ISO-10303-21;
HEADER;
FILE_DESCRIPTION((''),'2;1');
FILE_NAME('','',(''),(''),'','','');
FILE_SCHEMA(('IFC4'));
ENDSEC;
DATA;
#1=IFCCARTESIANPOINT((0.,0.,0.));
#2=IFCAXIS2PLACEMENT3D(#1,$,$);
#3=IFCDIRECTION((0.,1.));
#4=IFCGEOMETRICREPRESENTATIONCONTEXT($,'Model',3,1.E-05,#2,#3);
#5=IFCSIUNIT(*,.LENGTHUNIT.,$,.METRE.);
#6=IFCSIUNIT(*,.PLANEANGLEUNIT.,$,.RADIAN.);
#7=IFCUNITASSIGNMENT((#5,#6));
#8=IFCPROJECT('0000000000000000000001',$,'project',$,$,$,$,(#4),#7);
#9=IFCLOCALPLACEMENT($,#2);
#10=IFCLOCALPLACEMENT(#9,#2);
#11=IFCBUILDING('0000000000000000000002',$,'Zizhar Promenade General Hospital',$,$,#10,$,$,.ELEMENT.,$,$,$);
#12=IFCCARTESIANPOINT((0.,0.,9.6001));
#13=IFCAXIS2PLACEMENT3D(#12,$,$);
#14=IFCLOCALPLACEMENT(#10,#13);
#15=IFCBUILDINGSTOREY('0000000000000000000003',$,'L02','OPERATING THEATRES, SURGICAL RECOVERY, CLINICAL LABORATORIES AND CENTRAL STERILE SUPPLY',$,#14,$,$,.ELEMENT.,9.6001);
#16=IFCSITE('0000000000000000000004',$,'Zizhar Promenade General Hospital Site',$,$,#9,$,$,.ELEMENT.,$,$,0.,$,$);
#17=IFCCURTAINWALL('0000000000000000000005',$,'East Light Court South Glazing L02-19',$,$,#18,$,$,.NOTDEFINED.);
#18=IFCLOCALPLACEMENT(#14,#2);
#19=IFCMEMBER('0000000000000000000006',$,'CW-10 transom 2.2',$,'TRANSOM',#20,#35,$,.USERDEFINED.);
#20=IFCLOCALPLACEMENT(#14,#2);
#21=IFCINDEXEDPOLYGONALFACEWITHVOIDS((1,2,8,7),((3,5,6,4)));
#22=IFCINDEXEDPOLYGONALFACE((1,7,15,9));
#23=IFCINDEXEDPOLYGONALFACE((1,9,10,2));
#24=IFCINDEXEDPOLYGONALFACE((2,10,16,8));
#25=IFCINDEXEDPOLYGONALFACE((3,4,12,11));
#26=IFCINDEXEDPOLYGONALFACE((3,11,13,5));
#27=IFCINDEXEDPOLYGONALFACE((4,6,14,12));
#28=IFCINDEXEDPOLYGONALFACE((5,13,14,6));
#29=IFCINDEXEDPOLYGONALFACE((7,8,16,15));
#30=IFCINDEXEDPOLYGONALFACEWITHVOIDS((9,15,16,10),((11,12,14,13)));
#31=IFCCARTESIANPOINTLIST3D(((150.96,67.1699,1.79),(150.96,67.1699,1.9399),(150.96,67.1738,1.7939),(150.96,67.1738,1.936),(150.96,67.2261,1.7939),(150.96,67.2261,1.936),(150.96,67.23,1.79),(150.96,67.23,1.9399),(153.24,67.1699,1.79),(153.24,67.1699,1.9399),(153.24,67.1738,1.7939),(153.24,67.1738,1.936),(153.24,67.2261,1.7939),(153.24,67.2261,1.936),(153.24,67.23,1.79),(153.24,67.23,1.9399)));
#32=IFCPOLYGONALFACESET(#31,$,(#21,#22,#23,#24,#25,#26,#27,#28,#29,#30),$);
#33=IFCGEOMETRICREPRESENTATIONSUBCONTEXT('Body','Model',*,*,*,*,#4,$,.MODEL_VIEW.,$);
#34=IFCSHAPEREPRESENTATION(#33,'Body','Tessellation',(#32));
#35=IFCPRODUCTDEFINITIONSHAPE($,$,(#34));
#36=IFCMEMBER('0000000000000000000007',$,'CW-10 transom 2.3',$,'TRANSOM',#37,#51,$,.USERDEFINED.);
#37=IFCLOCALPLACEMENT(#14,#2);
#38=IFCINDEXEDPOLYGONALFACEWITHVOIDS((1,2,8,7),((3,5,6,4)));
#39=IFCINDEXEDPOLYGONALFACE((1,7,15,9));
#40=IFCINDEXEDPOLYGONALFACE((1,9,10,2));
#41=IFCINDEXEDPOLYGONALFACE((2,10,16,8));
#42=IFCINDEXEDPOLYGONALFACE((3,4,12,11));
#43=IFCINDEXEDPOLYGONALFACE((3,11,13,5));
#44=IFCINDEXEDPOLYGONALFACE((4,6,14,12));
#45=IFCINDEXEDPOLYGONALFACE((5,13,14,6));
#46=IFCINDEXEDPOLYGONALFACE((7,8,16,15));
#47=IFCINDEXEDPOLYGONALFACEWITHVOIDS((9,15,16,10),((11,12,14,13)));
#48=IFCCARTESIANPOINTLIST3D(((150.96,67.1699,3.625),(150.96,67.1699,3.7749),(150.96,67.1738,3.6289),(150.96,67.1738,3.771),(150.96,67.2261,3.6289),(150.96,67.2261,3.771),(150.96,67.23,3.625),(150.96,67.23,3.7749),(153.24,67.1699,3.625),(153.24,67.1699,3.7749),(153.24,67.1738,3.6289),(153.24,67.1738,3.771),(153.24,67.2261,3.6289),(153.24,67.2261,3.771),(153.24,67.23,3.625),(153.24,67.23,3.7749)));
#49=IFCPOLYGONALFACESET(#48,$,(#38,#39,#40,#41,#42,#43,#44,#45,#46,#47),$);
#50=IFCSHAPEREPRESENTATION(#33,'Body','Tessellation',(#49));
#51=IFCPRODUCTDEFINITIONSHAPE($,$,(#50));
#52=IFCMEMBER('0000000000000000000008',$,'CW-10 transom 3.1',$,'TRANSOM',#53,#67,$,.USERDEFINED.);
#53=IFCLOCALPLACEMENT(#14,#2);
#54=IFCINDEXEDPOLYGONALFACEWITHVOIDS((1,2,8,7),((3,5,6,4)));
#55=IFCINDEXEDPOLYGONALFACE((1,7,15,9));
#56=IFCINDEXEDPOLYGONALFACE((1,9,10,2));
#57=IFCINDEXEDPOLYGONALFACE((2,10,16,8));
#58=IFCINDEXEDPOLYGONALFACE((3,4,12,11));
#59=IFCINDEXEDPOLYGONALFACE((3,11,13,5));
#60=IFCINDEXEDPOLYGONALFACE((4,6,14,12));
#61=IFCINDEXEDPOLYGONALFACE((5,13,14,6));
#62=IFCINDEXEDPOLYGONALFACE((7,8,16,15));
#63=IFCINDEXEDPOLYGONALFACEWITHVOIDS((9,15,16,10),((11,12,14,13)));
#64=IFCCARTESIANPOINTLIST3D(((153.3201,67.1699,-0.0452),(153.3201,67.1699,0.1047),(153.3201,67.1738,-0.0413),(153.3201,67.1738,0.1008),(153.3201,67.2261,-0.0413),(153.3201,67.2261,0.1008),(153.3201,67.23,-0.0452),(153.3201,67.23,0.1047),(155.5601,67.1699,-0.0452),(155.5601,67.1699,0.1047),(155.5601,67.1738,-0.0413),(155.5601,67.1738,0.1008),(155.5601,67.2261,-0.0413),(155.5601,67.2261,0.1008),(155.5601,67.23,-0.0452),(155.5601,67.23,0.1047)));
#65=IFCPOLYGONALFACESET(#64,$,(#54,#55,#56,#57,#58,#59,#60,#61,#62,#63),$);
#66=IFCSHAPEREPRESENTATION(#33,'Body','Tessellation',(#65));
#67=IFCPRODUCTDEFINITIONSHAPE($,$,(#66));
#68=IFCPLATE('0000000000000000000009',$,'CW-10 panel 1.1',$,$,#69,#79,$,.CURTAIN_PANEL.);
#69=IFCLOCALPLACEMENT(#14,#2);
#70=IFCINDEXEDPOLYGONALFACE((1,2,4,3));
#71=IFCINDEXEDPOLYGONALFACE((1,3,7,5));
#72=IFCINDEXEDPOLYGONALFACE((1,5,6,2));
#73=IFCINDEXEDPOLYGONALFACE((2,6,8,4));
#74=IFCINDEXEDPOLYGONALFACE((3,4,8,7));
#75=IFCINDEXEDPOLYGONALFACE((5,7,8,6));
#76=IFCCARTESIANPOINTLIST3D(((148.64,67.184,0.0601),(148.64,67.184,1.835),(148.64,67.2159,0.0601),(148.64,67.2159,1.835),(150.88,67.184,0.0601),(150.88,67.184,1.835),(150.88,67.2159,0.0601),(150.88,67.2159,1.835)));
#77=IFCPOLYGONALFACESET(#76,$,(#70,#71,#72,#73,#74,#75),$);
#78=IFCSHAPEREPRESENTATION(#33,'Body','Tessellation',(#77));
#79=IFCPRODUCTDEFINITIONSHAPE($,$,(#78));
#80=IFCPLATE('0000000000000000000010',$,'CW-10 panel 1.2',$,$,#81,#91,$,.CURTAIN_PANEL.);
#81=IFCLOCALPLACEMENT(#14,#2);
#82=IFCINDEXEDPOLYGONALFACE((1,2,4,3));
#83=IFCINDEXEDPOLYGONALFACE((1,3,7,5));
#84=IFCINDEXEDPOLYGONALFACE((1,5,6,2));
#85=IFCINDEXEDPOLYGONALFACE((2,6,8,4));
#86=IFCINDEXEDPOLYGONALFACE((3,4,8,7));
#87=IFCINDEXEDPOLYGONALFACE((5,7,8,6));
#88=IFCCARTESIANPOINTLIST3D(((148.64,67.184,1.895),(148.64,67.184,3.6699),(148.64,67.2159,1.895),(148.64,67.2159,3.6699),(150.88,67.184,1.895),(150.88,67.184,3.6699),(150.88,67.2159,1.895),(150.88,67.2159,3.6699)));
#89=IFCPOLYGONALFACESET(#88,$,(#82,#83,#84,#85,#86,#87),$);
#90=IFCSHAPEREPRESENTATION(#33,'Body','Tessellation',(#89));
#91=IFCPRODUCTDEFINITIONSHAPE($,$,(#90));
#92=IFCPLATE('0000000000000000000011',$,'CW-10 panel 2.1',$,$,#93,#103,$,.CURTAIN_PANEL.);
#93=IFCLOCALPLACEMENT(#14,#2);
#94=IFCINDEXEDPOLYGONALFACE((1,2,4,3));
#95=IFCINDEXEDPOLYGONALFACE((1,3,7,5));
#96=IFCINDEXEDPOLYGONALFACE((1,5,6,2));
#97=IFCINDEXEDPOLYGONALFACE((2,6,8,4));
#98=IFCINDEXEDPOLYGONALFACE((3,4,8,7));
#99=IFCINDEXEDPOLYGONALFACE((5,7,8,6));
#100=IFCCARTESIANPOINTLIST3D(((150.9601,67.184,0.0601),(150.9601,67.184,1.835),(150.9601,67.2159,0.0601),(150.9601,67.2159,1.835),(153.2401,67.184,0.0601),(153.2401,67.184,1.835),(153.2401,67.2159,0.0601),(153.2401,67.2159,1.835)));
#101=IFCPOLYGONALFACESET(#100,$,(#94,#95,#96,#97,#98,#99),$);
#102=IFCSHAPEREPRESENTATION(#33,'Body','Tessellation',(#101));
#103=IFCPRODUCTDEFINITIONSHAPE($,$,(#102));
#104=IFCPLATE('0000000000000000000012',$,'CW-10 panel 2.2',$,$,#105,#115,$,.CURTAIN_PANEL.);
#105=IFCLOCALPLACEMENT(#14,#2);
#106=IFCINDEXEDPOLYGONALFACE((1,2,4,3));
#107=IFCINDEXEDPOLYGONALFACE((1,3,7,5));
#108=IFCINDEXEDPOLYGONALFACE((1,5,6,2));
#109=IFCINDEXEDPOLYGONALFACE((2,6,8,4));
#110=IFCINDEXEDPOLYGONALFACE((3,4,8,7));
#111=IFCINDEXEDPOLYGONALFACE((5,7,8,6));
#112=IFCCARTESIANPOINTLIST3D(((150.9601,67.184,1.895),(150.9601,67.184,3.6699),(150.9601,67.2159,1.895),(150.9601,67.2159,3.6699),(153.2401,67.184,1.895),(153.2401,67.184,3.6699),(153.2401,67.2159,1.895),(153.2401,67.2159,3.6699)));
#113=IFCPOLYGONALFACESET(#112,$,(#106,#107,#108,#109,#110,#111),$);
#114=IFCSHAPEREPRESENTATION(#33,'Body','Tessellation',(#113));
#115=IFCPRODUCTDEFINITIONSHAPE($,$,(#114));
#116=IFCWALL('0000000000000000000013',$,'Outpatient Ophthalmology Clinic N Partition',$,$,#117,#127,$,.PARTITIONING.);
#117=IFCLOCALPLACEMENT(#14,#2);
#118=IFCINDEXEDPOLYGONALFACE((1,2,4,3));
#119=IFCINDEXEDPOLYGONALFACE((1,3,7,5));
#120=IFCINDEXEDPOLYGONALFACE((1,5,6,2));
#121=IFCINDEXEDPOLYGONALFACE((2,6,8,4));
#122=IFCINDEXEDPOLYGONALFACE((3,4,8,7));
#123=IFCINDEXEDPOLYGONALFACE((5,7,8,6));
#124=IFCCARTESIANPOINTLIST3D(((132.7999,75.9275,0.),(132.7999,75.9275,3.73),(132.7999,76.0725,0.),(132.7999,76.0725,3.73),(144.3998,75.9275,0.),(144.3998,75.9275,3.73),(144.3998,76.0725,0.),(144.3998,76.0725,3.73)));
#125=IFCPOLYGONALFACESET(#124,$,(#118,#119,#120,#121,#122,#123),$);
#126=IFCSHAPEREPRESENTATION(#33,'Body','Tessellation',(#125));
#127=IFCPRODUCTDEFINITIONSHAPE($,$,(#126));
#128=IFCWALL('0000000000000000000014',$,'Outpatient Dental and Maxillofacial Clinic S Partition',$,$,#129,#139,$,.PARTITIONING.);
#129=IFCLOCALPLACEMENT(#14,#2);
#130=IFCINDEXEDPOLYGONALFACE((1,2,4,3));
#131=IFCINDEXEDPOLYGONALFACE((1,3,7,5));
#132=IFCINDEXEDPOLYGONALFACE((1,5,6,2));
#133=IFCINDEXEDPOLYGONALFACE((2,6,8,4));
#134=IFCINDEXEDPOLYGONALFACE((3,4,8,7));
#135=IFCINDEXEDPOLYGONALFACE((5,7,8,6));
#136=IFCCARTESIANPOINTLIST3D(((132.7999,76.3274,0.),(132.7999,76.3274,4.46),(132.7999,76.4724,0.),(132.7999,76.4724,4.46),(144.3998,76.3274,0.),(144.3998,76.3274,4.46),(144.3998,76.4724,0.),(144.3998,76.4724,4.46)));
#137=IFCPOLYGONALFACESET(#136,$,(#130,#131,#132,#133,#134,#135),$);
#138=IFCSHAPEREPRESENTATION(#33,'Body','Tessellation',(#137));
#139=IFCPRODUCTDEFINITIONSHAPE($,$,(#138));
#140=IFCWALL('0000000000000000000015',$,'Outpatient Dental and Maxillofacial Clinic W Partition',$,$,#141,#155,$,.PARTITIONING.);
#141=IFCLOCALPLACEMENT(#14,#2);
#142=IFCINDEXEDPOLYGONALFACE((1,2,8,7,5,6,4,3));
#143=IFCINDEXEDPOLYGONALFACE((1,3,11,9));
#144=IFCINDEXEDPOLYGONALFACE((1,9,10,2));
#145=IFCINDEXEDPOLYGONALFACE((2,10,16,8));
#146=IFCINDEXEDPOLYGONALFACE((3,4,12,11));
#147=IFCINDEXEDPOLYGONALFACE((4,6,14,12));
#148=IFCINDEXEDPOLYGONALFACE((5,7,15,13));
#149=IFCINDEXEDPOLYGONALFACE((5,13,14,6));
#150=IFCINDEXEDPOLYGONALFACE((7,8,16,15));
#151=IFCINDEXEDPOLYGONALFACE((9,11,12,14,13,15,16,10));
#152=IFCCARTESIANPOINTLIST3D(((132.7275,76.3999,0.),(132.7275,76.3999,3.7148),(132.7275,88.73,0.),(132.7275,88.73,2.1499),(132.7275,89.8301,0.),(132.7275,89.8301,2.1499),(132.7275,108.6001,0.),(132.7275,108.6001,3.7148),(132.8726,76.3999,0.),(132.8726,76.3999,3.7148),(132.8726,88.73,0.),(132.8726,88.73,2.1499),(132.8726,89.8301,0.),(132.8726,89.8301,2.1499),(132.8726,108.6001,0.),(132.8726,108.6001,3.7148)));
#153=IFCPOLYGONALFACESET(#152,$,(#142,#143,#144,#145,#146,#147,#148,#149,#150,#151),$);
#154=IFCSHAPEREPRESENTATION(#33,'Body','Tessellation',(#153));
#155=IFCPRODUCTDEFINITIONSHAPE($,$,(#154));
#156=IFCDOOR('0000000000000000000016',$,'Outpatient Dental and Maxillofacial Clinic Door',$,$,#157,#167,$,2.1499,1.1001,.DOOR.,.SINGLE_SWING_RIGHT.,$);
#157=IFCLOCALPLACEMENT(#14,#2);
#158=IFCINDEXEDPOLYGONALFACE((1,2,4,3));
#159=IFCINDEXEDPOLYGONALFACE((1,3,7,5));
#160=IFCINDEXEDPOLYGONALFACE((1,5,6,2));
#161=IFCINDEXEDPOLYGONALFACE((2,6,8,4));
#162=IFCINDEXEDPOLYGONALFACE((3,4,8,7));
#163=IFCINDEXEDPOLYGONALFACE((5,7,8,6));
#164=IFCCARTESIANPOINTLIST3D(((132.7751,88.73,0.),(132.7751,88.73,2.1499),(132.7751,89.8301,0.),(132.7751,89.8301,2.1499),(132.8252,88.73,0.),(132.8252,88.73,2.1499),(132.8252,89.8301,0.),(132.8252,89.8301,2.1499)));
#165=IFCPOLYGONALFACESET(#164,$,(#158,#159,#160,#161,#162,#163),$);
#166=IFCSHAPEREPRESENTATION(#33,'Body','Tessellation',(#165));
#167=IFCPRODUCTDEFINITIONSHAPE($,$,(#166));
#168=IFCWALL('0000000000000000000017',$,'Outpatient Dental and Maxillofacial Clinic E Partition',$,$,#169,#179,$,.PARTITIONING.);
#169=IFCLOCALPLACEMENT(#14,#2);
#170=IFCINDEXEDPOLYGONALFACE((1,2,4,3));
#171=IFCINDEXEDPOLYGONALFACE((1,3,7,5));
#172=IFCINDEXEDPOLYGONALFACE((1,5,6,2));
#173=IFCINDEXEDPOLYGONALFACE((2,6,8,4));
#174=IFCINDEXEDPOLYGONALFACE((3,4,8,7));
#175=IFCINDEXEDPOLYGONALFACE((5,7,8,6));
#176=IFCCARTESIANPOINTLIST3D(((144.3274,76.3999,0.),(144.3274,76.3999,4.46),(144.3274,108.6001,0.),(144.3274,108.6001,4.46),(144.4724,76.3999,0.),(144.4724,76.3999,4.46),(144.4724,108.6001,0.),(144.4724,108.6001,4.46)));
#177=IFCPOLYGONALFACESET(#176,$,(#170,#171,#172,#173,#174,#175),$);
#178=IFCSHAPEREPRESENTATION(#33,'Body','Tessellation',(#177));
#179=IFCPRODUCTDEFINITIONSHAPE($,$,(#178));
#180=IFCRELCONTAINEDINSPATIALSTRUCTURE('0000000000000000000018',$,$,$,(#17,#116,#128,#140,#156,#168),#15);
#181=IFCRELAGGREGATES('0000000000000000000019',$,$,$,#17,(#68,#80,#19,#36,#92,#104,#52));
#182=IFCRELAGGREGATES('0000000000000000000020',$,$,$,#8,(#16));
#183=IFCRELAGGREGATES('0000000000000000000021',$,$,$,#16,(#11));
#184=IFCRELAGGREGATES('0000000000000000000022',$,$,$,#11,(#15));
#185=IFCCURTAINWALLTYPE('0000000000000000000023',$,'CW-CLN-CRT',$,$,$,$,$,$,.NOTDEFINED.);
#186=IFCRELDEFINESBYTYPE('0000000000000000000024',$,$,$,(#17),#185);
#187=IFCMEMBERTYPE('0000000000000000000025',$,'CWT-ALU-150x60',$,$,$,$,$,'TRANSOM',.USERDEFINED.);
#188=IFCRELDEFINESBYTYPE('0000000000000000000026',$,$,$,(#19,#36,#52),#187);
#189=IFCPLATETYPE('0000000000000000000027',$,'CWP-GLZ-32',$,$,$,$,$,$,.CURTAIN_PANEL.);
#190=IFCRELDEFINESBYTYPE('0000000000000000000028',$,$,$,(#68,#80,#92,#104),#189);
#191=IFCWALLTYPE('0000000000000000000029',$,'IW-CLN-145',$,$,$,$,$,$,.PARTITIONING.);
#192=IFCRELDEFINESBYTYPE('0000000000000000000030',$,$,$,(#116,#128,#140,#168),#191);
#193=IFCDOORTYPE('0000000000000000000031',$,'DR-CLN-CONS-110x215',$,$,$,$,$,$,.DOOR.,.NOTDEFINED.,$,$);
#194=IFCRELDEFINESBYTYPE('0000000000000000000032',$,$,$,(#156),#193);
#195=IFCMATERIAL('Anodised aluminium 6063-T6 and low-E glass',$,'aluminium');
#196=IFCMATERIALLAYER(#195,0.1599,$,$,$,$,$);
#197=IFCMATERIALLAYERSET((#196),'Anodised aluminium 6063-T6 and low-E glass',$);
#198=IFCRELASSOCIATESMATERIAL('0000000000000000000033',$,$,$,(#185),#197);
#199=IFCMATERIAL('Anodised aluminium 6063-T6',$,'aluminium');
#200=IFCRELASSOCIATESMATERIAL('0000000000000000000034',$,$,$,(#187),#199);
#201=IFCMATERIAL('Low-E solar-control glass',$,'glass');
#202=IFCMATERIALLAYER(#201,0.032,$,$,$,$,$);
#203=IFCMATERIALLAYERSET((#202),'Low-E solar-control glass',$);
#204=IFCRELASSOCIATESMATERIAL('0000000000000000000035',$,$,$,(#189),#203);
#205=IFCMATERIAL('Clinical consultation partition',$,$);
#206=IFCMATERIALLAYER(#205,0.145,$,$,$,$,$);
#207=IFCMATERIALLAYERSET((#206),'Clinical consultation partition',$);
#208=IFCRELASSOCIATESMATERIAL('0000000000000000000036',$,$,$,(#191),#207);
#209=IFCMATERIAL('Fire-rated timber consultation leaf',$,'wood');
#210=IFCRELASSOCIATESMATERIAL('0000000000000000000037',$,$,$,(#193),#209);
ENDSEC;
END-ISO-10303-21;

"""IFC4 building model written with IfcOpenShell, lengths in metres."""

from ifc_helpers import new_model, si_unit, direction, frame, frame_2d, origin, origin_2d, place, context, subcontext, project, spatial, rectangle, hollow_rectangle, extrude, material, layer, layer_set, material_profile, profile_set, type_object, element, fill, aggregate, save


model = new_model("IFC4")

# Units and contexts
model_context = context("Model", 3, precision=1e-05, world=origin(), true_north=direction((0.0, 1.0)))
body_context = subcontext(model_context, "Body", "Model", "MODEL_VIEW")
ifc_project = project(units=[si_unit("LENGTHUNIT", "METRE"), si_unit("PLANEANGLEUNIT", "RADIAN")], contexts=[model_context])

# Site, building, storey
site_placement = place(None, origin())
site = spatial("IfcSite", under=ifc_project, at=site_placement, Name="Zizhar Promenade General Hospital Site", CompositionType="ELEMENT", RefElevation=0.0)
building_placement = place(site_placement, origin())
building = spatial("IfcBuilding", under=site, at=building_placement, Name="Zizhar Promenade General Hospital", CompositionType="ELEMENT")
storey_placement = place(building_placement, frame((0.0, 0.0, 9.6001)))
storey = spatial("IfcBuildingStorey", under=building, at=storey_placement, Name="L02", Description="OPERATING THEATRES, SURGICAL RECOVERY, CLINICAL LABORATORIES AND CENTRAL STERILE SUPPLY", CompositionType="ELEMENT", Elevation=9.6001)

# Curtain wall, members, plates
ifc_material_1 = material(Name="Anodised aluminium 6063-T6 and low-E glass", Category="aluminium")
ifc_layer_1 = layer(ifc_material_1, 0.1599)
ifc_layer_set_1 = layer_set([ifc_layer_1], Name="Anodised aluminium 6063-T6 and low-E glass")
curtain_wall_type = type_object("IfcCurtainWallType", Name="CW-CLN-CRT", PredefinedType="NOTDEFINED", material=ifc_layer_set_1)
curtain_wall_placement = place(storey_placement, origin())
curtain_wall = element("IfcCurtainWall", 1, at=curtain_wall_placement, inside=storey, type_object=curtain_wall_type, Name="East Light Court South Glazing L02-19", PredefinedType="NOTDEFINED")
ifc_material_2 = material(Name="Anodised aluminium 6063-T6", Category="aluminium")
ifc_material_profile_1 = material_profile(ifc_material_2, hollow_rectangle(XDim=0.0601, YDim=0.1499, WallThickness=0.0039, at=origin_2d()))
ifc_profile_set_1 = profile_set([ifc_material_profile_1], Name="Anodised aluminium 6063-T6")
member_type_1 = type_object("IfcMemberType", Name="CWT-ALU-150x60", ElementType="TRANSOM", PredefinedType="USERDEFINED", material=ifc_profile_set_1)
member_1_placement = place(storey_placement, frame((150.96, 67.2, 1.865), z_axis=(1.0, 0.0, 0.0), x_axis=(0.0, 1.0, 0.0)))
member_1 = element("IfcMember", 2, at=member_1_placement, type_object=member_type_1, Name="CW-10 transom 2.2", ObjectType="TRANSOM", PredefinedType="USERDEFINED", context=body_context, shape_type="SweptSolid", body=[
    extrude(hollow_rectangle(XDim=0.0601, YDim=0.1499, WallThickness=0.0039, at=origin_2d()), origin(), (0.0, 0.0, 1.0), 2.28),
])
member_2_placement = place(storey_placement, frame((150.96, 67.2, 3.7), z_axis=(1.0, 0.0, 0.0), x_axis=(0.0, 1.0, 0.0)))
member_2 = element("IfcMember", 3, at=member_2_placement, type_object=member_type_1, Name="CW-10 transom 2.3", ObjectType="TRANSOM", PredefinedType="USERDEFINED", context=body_context, shape_type="SweptSolid", body=[
    extrude(hollow_rectangle(XDim=0.0601, YDim=0.1499, WallThickness=0.0039, at=origin_2d()), origin(), (0.0, 0.0, 1.0), 2.28),
])
member_3_placement = place(storey_placement, frame((153.3201, 67.2, 0.0298), z_axis=(1.0, 0.0, 0.0), x_axis=(0.0, 1.0, 0.0)))
member_3 = element("IfcMember", 4, at=member_3_placement, type_object=member_type_1, Name="CW-10 transom 3.1", ObjectType="TRANSOM", PredefinedType="USERDEFINED", context=body_context, shape_type="SweptSolid", body=[
    extrude(hollow_rectangle(XDim=0.0601, YDim=0.1499, WallThickness=0.0039, at=origin_2d()), origin(), (0.0, 0.0, 1.0), 2.24),
])
ifc_material_3 = material(Name="Low-E solar-control glass", Category="glass")
ifc_layer_2 = layer(ifc_material_3, 0.032)
ifc_layer_set_2 = layer_set([ifc_layer_2], Name="Low-E solar-control glass")
plate_type = type_object("IfcPlateType", Name="CWP-GLZ-32", PredefinedType="CURTAIN_PANEL", material=ifc_layer_set_2)
plate_1_placement = place(storey_placement, frame((149.76, 67.2, 0.0601), z_axis=(0.0, 0.0, 1.0), x_axis=(1.0, 0.0, 0.0)))
plate_1 = element("IfcPlate", 5, at=plate_1_placement, type_object=plate_type, Name="CW-10 panel 1.1", PredefinedType="CURTAIN_PANEL", context=body_context, shape_type="SweptSolid", body=[
    extrude(rectangle(XDim=2.24, YDim=0.032, at=origin_2d()), origin(), (0.0, 0.0, 1.0), 1.7749),
])
plate_2_placement = place(storey_placement, frame((149.76, 67.2, 1.895), z_axis=(0.0, 0.0, 1.0), x_axis=(1.0, 0.0, 0.0)))
plate_2 = element("IfcPlate", 6, at=plate_2_placement, type_object=plate_type, Name="CW-10 panel 1.2", PredefinedType="CURTAIN_PANEL", context=body_context, shape_type="SweptSolid", body=[
    extrude(rectangle(XDim=2.24, YDim=0.032, at=origin_2d()), origin(), (0.0, 0.0, 1.0), 1.7749),
])
plate_3_placement = place(storey_placement, frame((152.1001, 67.2, 0.0601), z_axis=(0.0, 0.0, 1.0), x_axis=(1.0, 0.0, 0.0)))
plate_3 = element("IfcPlate", 7, at=plate_3_placement, type_object=plate_type, Name="CW-10 panel 2.1", PredefinedType="CURTAIN_PANEL", context=body_context, shape_type="SweptSolid", body=[
    extrude(rectangle(XDim=2.28, YDim=0.032, at=origin_2d()), origin(), (0.0, 0.0, 1.0), 1.7749),
])
plate_4_placement = place(storey_placement, frame((152.1001, 67.2, 1.895), z_axis=(0.0, 0.0, 1.0), x_axis=(1.0, 0.0, 0.0)))
plate_4 = element("IfcPlate", 8, at=plate_4_placement, type_object=plate_type, Name="CW-10 panel 2.2", PredefinedType="CURTAIN_PANEL", context=body_context, shape_type="SweptSolid", body=[
    extrude(rectangle(XDim=2.28, YDim=0.032, at=origin_2d()), origin(), (0.0, 0.0, 1.0), 1.7749),
])
aggregate(curtain_wall, [plate_1, plate_2, member_1, member_2, plate_3, plate_4, member_3])

# Walls
ifc_material_4 = material(Name="Clinical consultation partition")
ifc_layer_3 = layer(ifc_material_4, 0.145)
ifc_layer_set_3 = layer_set([ifc_layer_3], Name="Clinical consultation partition")
wall_type = type_object("IfcWallType", Name="IW-CLN-145", PredefinedType="PARTITIONING", material=ifc_layer_set_3)
wall_1_placement = place(storey_placement, frame((132.8, 76.0, 0.0), z_axis=(0.0, 0.0, 1.0), x_axis=(1.0, 0.0, 0.0)))
element("IfcWall", 9, at=wall_1_placement, inside=storey, type_object=wall_type, Name="Outpatient Ophthalmology Clinic N Partition", PredefinedType="PARTITIONING", context=body_context, shape_type="SweptSolid", body=[
    extrude(rectangle(XDim=11.5999, YDim=0.145, at=frame_2d((5.7998, 0.0))), origin(), (0.0, 0.0, 1.0), 3.73),
])
wall_2_placement = place(storey_placement, frame((132.8, 76.3999, 0.0), z_axis=(0.0, 0.0, 1.0), x_axis=(1.0, 0.0, 0.0)))
element("IfcWall", 10, at=wall_2_placement, inside=storey, type_object=wall_type, Name="Outpatient Dental and Maxillofacial Clinic S Partition", PredefinedType="PARTITIONING", context=body_context, shape_type="SweptSolid", body=[
    extrude(rectangle(XDim=11.5999, YDim=0.145, at=frame_2d((5.7998, 0.0))), origin(), (0.0, 0.0, 1.0), 4.46),
])

# Wall, opening, door
wall_3_placement = place(storey_placement, frame((132.8, 76.3999, 0.0), z_axis=(0.0, 0.0, 1.0), x_axis=(0.0, 1.0, 0.0)))
wall_3 = element("IfcWall", 11, at=wall_3_placement, inside=storey, type_object=wall_type, Name="Outpatient Dental and Maxillofacial Clinic W Partition", PredefinedType="PARTITIONING", context=body_context, shape_type="SweptSolid", body=[
    extrude(rectangle(XDim=32.2002, YDim=0.145, at=frame_2d((16.1001, 0.0))), origin(), (0.0, 0.0, 1.0), 3.7148),
])
opening_placement = place(wall_3_placement, frame((12.3301, 0.0, 0.0)))
opening = element("IfcOpeningElement", 12, at=opening_placement, cuts=wall_3, PredefinedType="OPENING", context=body_context, shape_type="SweptSolid", body=[
    extrude(rectangle(XDim=1.1001, YDim=2.1499, at=frame_2d((0.55, 1.075))), frame((0.0, 0.0825, 0.0), z_axis=(0.0, -1.0, 0.0), x_axis=(1.0, 0.0, 0.0)), (0.0, 0.0, 1.0), 0.165),
])
ifc_material_5 = material(Name="Fire-rated timber consultation leaf", Category="wood")
door_type = type_object("IfcDoorType", Name="DR-CLN-CONS-110x215", OperationType="NOTDEFINED", PredefinedType="DOOR", material=ifc_material_5)
door_placement = place(opening_placement, origin())
door = element("IfcDoor", 13, at=door_placement, inside=storey, type_object=door_type, Name="Outpatient Dental and Maxillofacial Clinic Door", OperationType="SINGLE_SWING_RIGHT", OverallHeight=2.1499, OverallWidth=1.1001, PredefinedType="DOOR", context=body_context, shape_type="SweptSolid", body=[
    extrude(rectangle(XDim=1.1001, YDim=2.1499, at=frame_2d((0.55, 1.075))), frame((0.0, 0.0249, 0.0), z_axis=(0.0, -1.0, 0.0), x_axis=(1.0, 0.0, 0.0)), (0.0, 0.0, 1.0), 0.05),
])
fill(opening, door)

# Wall
wall_4_placement = place(storey_placement, frame((144.3999, 76.3999, 0.0), z_axis=(0.0, 0.0, 1.0), x_axis=(0.0, 1.0, 0.0)))
element("IfcWall", 14, at=wall_4_placement, inside=storey, type_object=wall_type, Name="Outpatient Dental and Maxillofacial Clinic E Partition", PredefinedType="PARTITIONING", context=body_context, shape_type="SweptSolid", body=[
    extrude(rectangle(XDim=32.2002, YDim=0.145, at=frame_2d((16.1001, 0.0))), origin(), (0.0, 0.0, 1.0), 4.46),
])

save(model, "model.ifc")
